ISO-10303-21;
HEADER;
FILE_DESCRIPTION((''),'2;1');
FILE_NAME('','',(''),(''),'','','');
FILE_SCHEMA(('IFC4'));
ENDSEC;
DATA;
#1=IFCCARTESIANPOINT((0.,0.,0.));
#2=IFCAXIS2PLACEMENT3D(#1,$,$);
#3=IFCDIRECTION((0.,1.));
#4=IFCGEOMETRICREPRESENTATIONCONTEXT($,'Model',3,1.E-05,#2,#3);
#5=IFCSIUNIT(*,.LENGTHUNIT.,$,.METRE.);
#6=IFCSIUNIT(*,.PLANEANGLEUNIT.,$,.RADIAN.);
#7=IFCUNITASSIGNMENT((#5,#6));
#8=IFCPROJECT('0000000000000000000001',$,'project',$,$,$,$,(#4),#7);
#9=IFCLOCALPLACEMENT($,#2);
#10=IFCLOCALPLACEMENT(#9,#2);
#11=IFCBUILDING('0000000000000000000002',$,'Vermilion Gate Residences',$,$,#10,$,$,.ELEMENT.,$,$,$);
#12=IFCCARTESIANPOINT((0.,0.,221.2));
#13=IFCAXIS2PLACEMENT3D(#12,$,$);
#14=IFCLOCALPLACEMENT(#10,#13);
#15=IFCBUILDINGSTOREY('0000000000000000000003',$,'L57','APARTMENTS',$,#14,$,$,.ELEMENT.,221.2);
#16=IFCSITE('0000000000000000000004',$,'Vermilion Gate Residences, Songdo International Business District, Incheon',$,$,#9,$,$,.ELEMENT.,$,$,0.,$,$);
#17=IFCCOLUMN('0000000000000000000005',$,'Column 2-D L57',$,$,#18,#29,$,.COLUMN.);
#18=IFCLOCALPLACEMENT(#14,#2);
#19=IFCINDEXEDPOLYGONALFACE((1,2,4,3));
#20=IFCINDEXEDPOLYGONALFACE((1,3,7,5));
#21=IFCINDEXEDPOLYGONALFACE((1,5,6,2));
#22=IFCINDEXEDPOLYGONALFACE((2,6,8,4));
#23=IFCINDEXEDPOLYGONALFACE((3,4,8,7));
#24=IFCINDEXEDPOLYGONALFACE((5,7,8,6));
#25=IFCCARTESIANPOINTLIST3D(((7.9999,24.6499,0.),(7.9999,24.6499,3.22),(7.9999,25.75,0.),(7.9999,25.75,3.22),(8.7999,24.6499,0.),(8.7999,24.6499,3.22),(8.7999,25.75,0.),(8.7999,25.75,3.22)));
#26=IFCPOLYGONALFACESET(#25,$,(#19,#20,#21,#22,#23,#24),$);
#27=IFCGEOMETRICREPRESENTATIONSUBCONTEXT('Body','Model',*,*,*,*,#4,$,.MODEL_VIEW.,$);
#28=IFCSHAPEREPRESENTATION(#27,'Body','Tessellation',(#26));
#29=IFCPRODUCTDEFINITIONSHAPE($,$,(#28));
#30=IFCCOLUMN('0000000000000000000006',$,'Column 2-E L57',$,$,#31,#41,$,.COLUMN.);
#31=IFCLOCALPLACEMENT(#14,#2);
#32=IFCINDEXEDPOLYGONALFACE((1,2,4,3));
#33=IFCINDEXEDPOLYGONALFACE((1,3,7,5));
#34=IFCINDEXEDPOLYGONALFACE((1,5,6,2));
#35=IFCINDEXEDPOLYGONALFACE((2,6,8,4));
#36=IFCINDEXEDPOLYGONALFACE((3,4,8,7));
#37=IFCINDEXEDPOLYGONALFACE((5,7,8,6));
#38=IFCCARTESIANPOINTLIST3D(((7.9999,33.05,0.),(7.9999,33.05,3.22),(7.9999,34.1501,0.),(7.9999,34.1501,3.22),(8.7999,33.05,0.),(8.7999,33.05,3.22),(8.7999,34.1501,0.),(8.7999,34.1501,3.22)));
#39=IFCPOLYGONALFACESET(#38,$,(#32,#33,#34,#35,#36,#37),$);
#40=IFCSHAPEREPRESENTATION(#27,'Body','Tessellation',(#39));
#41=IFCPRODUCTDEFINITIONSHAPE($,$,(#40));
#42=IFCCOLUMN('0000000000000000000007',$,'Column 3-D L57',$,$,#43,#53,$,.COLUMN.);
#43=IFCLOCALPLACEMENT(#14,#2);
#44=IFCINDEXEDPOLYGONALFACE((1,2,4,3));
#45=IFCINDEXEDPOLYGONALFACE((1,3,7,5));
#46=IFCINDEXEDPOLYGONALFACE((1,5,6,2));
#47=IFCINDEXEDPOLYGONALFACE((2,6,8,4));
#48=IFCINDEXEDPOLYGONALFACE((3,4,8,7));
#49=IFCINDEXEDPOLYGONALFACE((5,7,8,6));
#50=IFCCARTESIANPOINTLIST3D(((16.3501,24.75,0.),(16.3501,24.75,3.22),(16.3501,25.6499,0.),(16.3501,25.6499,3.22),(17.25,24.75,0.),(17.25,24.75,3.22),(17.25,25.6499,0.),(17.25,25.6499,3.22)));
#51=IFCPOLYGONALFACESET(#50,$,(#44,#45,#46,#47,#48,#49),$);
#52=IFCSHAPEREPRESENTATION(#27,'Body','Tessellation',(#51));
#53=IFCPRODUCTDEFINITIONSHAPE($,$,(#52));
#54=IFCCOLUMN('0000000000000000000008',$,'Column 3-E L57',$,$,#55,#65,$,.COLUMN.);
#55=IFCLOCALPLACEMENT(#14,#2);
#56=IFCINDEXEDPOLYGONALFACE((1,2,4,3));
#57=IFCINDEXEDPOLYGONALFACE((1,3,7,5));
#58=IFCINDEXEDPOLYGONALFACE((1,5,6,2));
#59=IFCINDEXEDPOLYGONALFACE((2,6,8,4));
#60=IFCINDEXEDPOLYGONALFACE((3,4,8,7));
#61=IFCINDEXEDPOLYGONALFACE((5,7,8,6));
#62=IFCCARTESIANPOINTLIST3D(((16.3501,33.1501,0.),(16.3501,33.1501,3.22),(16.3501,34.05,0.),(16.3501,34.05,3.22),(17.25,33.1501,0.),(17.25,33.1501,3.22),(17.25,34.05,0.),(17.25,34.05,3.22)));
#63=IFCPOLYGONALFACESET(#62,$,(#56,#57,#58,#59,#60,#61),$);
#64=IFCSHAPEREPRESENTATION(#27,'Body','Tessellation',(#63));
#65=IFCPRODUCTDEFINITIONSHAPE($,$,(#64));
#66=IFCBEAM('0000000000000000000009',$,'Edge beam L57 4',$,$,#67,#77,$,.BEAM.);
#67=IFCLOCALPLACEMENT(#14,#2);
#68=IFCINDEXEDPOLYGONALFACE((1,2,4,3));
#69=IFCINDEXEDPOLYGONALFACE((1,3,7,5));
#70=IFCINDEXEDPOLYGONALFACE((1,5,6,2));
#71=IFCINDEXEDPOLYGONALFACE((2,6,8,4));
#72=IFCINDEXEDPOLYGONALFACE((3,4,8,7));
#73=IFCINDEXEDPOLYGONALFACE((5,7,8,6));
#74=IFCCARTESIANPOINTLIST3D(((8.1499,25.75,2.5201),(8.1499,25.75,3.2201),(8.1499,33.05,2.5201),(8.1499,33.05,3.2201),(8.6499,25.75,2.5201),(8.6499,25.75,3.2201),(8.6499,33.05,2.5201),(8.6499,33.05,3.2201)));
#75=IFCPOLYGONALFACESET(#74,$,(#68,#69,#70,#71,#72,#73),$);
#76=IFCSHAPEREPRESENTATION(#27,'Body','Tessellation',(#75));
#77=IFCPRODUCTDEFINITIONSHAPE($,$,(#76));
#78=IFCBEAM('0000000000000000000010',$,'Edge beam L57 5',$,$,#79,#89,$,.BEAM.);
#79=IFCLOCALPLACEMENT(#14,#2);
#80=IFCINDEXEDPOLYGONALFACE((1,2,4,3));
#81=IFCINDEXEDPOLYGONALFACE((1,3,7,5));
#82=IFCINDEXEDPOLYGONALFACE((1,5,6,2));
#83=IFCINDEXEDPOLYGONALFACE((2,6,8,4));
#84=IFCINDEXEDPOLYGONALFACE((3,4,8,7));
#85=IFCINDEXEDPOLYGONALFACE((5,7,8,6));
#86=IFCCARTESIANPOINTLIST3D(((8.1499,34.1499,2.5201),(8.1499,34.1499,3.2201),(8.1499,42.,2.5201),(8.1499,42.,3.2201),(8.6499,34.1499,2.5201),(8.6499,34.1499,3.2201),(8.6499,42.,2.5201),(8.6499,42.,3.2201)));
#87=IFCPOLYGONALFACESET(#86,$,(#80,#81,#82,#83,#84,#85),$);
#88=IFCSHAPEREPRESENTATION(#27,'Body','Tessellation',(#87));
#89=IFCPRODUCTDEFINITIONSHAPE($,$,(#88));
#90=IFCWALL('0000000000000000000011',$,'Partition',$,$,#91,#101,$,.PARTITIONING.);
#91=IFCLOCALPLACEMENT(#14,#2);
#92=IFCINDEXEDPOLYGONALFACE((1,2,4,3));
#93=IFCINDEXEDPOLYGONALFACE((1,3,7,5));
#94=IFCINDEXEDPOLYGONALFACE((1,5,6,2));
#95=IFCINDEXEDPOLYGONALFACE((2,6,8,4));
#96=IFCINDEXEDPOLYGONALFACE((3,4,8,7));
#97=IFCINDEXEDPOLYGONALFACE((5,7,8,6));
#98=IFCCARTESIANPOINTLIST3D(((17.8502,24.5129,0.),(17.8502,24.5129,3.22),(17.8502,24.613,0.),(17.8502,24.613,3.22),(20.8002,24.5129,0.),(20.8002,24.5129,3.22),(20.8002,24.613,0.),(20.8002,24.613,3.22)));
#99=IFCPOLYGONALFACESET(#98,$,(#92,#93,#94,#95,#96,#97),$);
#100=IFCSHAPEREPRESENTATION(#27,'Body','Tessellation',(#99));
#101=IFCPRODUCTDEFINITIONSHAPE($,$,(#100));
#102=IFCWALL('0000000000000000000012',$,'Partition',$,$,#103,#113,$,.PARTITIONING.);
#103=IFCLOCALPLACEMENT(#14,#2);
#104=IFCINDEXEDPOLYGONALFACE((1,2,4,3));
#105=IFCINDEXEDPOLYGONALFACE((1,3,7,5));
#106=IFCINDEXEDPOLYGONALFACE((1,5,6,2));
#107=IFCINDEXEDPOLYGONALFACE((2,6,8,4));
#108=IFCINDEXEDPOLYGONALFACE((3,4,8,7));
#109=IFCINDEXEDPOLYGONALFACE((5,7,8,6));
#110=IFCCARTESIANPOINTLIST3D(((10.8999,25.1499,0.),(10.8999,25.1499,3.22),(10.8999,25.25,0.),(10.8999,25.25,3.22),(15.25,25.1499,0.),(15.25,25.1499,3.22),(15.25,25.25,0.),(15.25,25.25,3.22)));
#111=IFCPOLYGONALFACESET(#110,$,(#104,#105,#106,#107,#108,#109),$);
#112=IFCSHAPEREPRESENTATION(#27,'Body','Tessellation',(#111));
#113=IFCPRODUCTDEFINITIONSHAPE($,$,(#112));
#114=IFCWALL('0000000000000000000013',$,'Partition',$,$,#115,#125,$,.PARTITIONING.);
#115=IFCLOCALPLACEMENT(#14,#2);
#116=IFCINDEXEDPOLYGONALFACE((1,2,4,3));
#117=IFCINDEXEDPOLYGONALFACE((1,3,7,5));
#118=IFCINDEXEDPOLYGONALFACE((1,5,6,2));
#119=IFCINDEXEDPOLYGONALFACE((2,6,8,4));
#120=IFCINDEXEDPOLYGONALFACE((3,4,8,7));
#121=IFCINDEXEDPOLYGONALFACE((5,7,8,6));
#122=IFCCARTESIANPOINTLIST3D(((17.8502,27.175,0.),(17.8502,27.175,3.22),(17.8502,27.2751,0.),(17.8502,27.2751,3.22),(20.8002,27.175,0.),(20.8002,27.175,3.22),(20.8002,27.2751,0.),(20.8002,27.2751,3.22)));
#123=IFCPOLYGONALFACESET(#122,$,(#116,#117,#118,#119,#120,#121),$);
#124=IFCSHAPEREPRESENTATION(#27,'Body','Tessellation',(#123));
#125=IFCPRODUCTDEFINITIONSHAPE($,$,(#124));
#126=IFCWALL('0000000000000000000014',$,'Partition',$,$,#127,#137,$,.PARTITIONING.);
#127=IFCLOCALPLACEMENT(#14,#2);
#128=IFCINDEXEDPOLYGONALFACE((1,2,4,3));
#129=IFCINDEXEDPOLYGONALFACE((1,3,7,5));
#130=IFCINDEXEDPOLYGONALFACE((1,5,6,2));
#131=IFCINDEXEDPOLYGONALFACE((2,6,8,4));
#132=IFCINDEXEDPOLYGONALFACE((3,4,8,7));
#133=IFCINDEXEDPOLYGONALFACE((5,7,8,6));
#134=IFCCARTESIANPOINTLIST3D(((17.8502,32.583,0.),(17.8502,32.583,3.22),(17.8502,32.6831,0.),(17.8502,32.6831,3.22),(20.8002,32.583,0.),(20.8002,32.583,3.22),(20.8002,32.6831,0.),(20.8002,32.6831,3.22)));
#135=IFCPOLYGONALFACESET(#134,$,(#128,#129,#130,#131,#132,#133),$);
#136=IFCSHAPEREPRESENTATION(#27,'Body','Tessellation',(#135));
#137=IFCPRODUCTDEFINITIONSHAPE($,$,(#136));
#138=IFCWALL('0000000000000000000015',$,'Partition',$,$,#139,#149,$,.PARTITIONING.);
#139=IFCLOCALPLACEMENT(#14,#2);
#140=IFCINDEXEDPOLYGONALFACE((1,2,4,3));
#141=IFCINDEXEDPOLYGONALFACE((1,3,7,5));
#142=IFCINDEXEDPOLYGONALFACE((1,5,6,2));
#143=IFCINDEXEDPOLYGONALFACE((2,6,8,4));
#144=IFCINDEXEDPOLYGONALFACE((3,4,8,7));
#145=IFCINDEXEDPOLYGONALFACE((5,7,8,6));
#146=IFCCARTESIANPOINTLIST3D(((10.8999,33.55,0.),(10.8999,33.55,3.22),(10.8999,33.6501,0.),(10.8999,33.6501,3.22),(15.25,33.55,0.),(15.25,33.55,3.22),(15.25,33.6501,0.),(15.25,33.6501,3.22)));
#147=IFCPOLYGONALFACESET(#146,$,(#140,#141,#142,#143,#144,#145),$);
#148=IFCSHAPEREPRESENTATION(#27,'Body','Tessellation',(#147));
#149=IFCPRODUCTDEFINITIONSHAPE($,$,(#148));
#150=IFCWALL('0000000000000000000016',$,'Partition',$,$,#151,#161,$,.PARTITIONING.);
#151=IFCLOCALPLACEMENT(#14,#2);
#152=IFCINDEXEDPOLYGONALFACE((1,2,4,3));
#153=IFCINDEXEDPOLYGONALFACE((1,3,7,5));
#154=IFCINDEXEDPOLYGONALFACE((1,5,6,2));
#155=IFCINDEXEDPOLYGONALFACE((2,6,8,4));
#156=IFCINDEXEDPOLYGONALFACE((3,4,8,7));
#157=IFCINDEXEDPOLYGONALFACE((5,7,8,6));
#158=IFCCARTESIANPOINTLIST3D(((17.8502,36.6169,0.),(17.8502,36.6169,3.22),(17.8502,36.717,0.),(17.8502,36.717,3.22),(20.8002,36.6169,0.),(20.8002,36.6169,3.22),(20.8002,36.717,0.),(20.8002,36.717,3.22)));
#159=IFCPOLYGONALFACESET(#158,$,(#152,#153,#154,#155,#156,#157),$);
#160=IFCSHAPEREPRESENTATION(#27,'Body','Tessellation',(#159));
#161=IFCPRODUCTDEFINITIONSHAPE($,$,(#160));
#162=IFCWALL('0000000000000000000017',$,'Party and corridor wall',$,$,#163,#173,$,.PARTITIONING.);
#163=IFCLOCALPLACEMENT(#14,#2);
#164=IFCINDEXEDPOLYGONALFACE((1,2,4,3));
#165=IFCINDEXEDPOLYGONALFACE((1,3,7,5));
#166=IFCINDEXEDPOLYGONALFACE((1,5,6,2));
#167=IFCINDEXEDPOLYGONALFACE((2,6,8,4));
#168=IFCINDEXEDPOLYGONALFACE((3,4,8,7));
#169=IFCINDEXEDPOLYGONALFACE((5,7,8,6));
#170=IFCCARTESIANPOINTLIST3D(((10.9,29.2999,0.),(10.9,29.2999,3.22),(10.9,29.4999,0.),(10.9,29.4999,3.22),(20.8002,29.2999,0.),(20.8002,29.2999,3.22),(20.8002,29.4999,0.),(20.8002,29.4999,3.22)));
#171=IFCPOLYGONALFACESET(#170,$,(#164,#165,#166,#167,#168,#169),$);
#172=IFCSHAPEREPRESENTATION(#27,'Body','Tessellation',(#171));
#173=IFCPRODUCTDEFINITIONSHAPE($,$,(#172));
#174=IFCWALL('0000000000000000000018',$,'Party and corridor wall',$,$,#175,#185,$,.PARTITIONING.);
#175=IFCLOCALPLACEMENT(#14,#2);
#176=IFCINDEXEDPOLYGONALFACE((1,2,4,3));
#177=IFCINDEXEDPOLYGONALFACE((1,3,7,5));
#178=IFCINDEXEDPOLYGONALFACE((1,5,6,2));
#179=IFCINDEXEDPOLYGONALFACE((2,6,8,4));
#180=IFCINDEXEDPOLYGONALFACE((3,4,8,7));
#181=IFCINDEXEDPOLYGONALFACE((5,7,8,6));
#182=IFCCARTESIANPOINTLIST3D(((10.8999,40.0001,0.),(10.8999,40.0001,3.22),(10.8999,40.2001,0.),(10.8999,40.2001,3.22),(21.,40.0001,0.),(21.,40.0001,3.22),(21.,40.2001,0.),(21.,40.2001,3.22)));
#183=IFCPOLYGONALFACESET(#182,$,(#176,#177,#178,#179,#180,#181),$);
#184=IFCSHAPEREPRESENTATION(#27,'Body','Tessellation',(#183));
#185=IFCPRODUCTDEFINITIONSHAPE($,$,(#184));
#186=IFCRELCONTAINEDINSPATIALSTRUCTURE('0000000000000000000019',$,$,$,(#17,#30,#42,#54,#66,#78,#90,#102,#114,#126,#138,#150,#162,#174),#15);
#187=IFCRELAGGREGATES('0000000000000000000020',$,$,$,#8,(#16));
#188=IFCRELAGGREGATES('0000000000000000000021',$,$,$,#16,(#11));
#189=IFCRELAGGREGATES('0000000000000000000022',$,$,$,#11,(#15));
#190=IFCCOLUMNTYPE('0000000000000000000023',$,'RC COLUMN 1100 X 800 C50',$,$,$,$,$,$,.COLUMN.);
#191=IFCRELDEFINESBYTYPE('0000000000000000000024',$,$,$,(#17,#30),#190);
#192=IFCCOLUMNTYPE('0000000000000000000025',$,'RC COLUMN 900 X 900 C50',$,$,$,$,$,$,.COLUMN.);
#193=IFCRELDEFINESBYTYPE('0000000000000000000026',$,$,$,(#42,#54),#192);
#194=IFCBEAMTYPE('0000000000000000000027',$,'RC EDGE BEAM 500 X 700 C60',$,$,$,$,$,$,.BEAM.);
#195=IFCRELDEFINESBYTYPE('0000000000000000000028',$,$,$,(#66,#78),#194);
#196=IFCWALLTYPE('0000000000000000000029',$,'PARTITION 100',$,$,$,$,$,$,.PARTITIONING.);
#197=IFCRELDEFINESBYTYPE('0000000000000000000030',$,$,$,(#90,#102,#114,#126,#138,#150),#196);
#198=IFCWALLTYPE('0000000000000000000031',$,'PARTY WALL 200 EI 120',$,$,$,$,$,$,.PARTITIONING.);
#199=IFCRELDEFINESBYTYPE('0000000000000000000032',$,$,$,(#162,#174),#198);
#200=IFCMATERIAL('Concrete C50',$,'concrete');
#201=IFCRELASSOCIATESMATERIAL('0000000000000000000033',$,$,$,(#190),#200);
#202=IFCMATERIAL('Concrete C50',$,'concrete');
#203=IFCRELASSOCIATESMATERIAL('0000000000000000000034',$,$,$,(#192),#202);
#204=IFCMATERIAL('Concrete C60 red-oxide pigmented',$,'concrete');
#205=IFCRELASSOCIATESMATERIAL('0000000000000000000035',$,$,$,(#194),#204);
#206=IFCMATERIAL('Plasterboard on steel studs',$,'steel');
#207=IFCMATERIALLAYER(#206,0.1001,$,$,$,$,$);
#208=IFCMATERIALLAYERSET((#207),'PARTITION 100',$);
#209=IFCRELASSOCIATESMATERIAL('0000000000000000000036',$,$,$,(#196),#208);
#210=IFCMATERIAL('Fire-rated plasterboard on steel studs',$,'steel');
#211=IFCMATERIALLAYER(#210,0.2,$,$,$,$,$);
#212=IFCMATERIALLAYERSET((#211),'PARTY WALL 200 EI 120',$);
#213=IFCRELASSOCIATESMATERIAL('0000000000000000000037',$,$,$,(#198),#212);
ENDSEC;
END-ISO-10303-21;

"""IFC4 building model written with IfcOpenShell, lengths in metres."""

from ifc_helpers import new_model, si_unit, direction, frame, frame_2d, origin, origin_2d, place, context, subcontext, project, spatial, rectangle, extrude, material, layer, layer_set, material_profile, profile_set, type_object, element, save


model = new_model("IFC4")

# Units and contexts
model_context = context("Model", 3, precision=1e-05, world=origin(), true_north=direction((0.0, 1.0)))
body_context = subcontext(model_context, "Body", "Model", "MODEL_VIEW")
ifc_project = project(units=[si_unit("LENGTHUNIT", "METRE"), si_unit("PLANEANGLEUNIT", "RADIAN")], contexts=[model_context])

# Site, building, storey
site_placement = place(None, origin())
site = spatial("IfcSite", under=ifc_project, at=site_placement, Name="Vermilion Gate Residences, Songdo International Business District, Incheon", CompositionType="ELEMENT", RefElevation=0.0)
building_placement = place(site_placement, origin())
building = spatial("IfcBuilding", under=site, at=building_placement, Name="Vermilion Gate Residences", CompositionType="ELEMENT")
storey_placement = place(building_placement, frame((0.0, 0.0, 221.2)))
storey = spatial("IfcBuildingStorey", under=building, at=storey_placement, Name="L57", Description="APARTMENTS", CompositionType="ELEMENT", Elevation=221.2)

# Columns
ifc_material_1 = material(Name="Concrete C50", Category="concrete")
ifc_material_profile_1 = material_profile(ifc_material_1, rectangle(XDim=1.1001, YDim=0.8, at=origin_2d()), Name="RC-1100x800")
ifc_profile_set_1 = profile_set([ifc_material_profile_1], Name="Concrete C50")
column_type_1 = type_object("IfcColumnType", Name="RC COLUMN 1100 X 800 C50", PredefinedType="COLUMN", material=ifc_profile_set_1)
for number, where, z_axis, x_axis, name in (
    (1, (8.3999, 25.2, 0.0), (0.0, 0.0, 1.0), (0.0, 1.0, 0.0), "Column 2-D L57"),
    (2, (8.3999, 33.6001, 0.0), (0.0, 0.0, 1.0), (0.0, 1.0, 0.0), "Column 2-E L57"),
):
    element("IfcColumn", number, at=place(storey_placement, frame(where, z_axis=z_axis, x_axis=x_axis)), inside=storey, type_object=column_type_1, Name=name, PredefinedType="COLUMN", context=body_context, shape_type="SweptSolid", body=[
        extrude(rectangle(XDim=1.1001, YDim=0.8, at=origin_2d()), origin(), (0.0, 0.0, 1.0), 3.22),
    ])
ifc_material_2 = material(Name="Concrete C50", Category="concrete")
ifc_material_profile_2 = material_profile(ifc_material_2, rectangle(XDim=0.8999, YDim=0.8999, at=origin_2d()), Name="RC-900x900")
ifc_profile_set_2 = profile_set([ifc_material_profile_2], Name="Concrete C50")
column_type_2 = type_object("IfcColumnType", Name="RC COLUMN 900 X 900 C50", PredefinedType="COLUMN", material=ifc_profile_set_2)
for number, where, z_axis, x_axis, name in (
    (3, (16.8, 25.2, 0.0), (0.0, 0.0, 1.0), (1.0, 0.0, 0.0), "Column 3-D L57"),
    (4, (16.8, 33.6001, 0.0), (0.0, 0.0, 1.0), (1.0, 0.0, 0.0), "Column 3-E L57"),
):
    element("IfcColumn", number, at=place(storey_placement, frame(where, z_axis=z_axis, x_axis=x_axis)), inside=storey, type_object=column_type_2, Name=name, PredefinedType="COLUMN", context=body_context, shape_type="SweptSolid", body=[
        extrude(rectangle(XDim=0.8999, YDim=0.8999, at=origin_2d()), origin(), (0.0, 0.0, 1.0), 3.22),
    ])

# Beams
ifc_material_3 = material(Name="Concrete C60 red-oxide pigmented", Category="concrete")
ifc_material_profile_3 = material_profile(ifc_material_3, rectangle(XDim=0.5, YDim=0.7, at=origin_2d()), Name="RC-500x700")
ifc_profile_set_3 = profile_set([ifc_material_profile_3], Name="Concrete C60 red-oxide pigmented")
beam_type = type_object("IfcBeamType", Name="RC EDGE BEAM 500 X 700 C60", PredefinedType="BEAM", material=ifc_profile_set_3)
beam_1_placement = place(storey_placement, frame((8.3999, 25.75, 2.8701), z_axis=(0.0, 1.0, 0.0), x_axis=(-1.0, 0.0, 0.0)))
element("IfcBeam", 5, at=beam_1_placement, inside=storey, type_object=beam_type, Name="Edge beam L57 4", PredefinedType="BEAM", context=body_context, shape_type="SweptSolid", body=[
    extrude(rectangle(XDim=0.5, YDim=0.7, at=origin_2d()), origin(), (0.0, 0.0, 1.0), 7.3),
])
beam_2_placement = place(storey_placement, frame((8.3999, 34.1499, 2.8701), z_axis=(0.0, 1.0, 0.0), x_axis=(-1.0, 0.0, 0.0)))
element("IfcBeam", 6, at=beam_2_placement, inside=storey, type_object=beam_type, Name="Edge beam L57 5", PredefinedType="BEAM", context=body_context, shape_type="SweptSolid", body=[
    extrude(rectangle(XDim=0.5, YDim=0.7, at=origin_2d()), origin(), (0.0, 0.0, 1.0), 7.8501),
])

# Walls
ifc_material_4 = material(Name="Plasterboard on steel studs", Category="steel")
ifc_layer_1 = layer(ifc_material_4, 0.1001)
ifc_layer_set_1 = layer_set([ifc_layer_1], Name="PARTITION 100")
wall_type_1 = type_object("IfcWallType", Name="PARTITION 100", PredefinedType="PARTITIONING", material=ifc_layer_set_1)
wall_1_placement = place(storey_placement, frame((17.8501, 24.563, 0.0), z_axis=(0.0, 0.0, 1.0), x_axis=(1.0, 0.0, 0.0)))
element("IfcWall", 7, at=wall_1_placement, inside=storey, type_object=wall_type_1, Name="Partition", PredefinedType="PARTITIONING", context=body_context, shape_type="SweptSolid", body=[
    extrude(rectangle(XDim=2.95, YDim=0.1001, at=frame_2d((1.4751, 0.0))), origin(), (0.0, 0.0, 1.0), 3.22),
])
wall_2_placement = place(storey_placement, frame((10.8999, 25.2, 0.0), z_axis=(0.0, 0.0, 1.0), x_axis=(1.0, 0.0, 0.0)))
element("IfcWall", 8, at=wall_2_placement, inside=storey, type_object=wall_type_1, Name="Partition", PredefinedType="PARTITIONING", context=body_context, shape_type="SweptSolid", body=[
    extrude(rectangle(XDim=4.3501, YDim=0.1001, at=frame_2d((2.175, 0.0))), origin(), (0.0, 0.0, 1.0), 3.22),
])
for number, where, z_axis, x_axis, name in (
    (9, (17.8501, 27.2251, 0.0), (0.0, 0.0, 1.0), (1.0, 0.0, 0.0), "Partition"),
    (10, (17.8501, 32.6331, 0.0), (0.0, 0.0, 1.0), (1.0, 0.0, 0.0), "Partition"),
):
    element("IfcWall", number, at=place(storey_placement, frame(where, z_axis=z_axis, x_axis=x_axis)), inside=storey, type_object=wall_type_1, Name=name, PredefinedType="PARTITIONING", context=body_context, shape_type="SweptSolid", body=[
        extrude(rectangle(XDim=2.95, YDim=0.1001, at=frame_2d((1.4751, 0.0))), origin(), (0.0, 0.0, 1.0), 3.22),
    ])
wall_3_placement = place(storey_placement, frame((10.8999, 33.6001, 0.0), z_axis=(0.0, 0.0, 1.0), x_axis=(1.0, 0.0, 0.0)))
element("IfcWall", 11, at=wall_3_placement, inside=storey, type_object=wall_type_1, Name="Partition", PredefinedType="PARTITIONING", context=body_context, shape_type="SweptSolid", body=[
    extrude(rectangle(XDim=4.3501, YDim=0.1001, at=frame_2d((2.175, 0.0))), origin(), (0.0, 0.0, 1.0), 3.22),
])
wall_4_placement = place(storey_placement, frame((17.8501, 36.667, 0.0), z_axis=(0.0, 0.0, 1.0), x_axis=(1.0, 0.0, 0.0)))
element("IfcWall", 12, at=wall_4_placement, inside=storey, type_object=wall_type_1, Name="Partition", PredefinedType="PARTITIONING", context=body_context, shape_type="SweptSolid", body=[
    extrude(rectangle(XDim=2.95, YDim=0.1001, at=frame_2d((1.4751, 0.0))), origin(), (0.0, 0.0, 1.0), 3.22),
])
ifc_material_5 = material(Name="Fire-rated plasterboard on steel studs", Category="steel")
ifc_layer_2 = layer(ifc_material_5, 0.2)
ifc_layer_set_2 = layer_set([ifc_layer_2], Name="PARTY WALL 200 EI 120")
wall_type_2 = type_object("IfcWallType", Name="PARTY WALL 200 EI 120", PredefinedType="PARTITIONING", material=ifc_layer_set_2)
wall_5_placement = place(storey_placement, frame((10.8999, 29.3999, 0.0), z_axis=(0.0, 0.0, 1.0), x_axis=(1.0, 0.0, 0.0)))
element("IfcWall", 13, at=wall_5_placement, inside=storey, type_object=wall_type_2, Name="Party and corridor wall", PredefinedType="PARTITIONING", context=body_context, shape_type="SweptSolid", body=[
    extrude(rectangle(XDim=9.9001, YDim=0.2, at=frame_2d((4.9502, 0.0))), origin(), (0.0, 0.0, 1.0), 3.22),
])
wall_6_placement = place(storey_placement, frame((10.8999, 40.1001, 0.0), z_axis=(0.0, 0.0, 1.0), x_axis=(1.0, 0.0, 0.0)))
element("IfcWall", 14, at=wall_6_placement, inside=storey, type_object=wall_type_2, Name="Party and corridor wall", PredefinedType="PARTITIONING", context=body_context, shape_type="SweptSolid", body=[
    extrude(rectangle(XDim=10.1001, YDim=0.2, at=frame_2d((5.05, 0.0))), origin(), (0.0, 0.0, 1.0), 3.22),
])

save(model, "model.ifc")
